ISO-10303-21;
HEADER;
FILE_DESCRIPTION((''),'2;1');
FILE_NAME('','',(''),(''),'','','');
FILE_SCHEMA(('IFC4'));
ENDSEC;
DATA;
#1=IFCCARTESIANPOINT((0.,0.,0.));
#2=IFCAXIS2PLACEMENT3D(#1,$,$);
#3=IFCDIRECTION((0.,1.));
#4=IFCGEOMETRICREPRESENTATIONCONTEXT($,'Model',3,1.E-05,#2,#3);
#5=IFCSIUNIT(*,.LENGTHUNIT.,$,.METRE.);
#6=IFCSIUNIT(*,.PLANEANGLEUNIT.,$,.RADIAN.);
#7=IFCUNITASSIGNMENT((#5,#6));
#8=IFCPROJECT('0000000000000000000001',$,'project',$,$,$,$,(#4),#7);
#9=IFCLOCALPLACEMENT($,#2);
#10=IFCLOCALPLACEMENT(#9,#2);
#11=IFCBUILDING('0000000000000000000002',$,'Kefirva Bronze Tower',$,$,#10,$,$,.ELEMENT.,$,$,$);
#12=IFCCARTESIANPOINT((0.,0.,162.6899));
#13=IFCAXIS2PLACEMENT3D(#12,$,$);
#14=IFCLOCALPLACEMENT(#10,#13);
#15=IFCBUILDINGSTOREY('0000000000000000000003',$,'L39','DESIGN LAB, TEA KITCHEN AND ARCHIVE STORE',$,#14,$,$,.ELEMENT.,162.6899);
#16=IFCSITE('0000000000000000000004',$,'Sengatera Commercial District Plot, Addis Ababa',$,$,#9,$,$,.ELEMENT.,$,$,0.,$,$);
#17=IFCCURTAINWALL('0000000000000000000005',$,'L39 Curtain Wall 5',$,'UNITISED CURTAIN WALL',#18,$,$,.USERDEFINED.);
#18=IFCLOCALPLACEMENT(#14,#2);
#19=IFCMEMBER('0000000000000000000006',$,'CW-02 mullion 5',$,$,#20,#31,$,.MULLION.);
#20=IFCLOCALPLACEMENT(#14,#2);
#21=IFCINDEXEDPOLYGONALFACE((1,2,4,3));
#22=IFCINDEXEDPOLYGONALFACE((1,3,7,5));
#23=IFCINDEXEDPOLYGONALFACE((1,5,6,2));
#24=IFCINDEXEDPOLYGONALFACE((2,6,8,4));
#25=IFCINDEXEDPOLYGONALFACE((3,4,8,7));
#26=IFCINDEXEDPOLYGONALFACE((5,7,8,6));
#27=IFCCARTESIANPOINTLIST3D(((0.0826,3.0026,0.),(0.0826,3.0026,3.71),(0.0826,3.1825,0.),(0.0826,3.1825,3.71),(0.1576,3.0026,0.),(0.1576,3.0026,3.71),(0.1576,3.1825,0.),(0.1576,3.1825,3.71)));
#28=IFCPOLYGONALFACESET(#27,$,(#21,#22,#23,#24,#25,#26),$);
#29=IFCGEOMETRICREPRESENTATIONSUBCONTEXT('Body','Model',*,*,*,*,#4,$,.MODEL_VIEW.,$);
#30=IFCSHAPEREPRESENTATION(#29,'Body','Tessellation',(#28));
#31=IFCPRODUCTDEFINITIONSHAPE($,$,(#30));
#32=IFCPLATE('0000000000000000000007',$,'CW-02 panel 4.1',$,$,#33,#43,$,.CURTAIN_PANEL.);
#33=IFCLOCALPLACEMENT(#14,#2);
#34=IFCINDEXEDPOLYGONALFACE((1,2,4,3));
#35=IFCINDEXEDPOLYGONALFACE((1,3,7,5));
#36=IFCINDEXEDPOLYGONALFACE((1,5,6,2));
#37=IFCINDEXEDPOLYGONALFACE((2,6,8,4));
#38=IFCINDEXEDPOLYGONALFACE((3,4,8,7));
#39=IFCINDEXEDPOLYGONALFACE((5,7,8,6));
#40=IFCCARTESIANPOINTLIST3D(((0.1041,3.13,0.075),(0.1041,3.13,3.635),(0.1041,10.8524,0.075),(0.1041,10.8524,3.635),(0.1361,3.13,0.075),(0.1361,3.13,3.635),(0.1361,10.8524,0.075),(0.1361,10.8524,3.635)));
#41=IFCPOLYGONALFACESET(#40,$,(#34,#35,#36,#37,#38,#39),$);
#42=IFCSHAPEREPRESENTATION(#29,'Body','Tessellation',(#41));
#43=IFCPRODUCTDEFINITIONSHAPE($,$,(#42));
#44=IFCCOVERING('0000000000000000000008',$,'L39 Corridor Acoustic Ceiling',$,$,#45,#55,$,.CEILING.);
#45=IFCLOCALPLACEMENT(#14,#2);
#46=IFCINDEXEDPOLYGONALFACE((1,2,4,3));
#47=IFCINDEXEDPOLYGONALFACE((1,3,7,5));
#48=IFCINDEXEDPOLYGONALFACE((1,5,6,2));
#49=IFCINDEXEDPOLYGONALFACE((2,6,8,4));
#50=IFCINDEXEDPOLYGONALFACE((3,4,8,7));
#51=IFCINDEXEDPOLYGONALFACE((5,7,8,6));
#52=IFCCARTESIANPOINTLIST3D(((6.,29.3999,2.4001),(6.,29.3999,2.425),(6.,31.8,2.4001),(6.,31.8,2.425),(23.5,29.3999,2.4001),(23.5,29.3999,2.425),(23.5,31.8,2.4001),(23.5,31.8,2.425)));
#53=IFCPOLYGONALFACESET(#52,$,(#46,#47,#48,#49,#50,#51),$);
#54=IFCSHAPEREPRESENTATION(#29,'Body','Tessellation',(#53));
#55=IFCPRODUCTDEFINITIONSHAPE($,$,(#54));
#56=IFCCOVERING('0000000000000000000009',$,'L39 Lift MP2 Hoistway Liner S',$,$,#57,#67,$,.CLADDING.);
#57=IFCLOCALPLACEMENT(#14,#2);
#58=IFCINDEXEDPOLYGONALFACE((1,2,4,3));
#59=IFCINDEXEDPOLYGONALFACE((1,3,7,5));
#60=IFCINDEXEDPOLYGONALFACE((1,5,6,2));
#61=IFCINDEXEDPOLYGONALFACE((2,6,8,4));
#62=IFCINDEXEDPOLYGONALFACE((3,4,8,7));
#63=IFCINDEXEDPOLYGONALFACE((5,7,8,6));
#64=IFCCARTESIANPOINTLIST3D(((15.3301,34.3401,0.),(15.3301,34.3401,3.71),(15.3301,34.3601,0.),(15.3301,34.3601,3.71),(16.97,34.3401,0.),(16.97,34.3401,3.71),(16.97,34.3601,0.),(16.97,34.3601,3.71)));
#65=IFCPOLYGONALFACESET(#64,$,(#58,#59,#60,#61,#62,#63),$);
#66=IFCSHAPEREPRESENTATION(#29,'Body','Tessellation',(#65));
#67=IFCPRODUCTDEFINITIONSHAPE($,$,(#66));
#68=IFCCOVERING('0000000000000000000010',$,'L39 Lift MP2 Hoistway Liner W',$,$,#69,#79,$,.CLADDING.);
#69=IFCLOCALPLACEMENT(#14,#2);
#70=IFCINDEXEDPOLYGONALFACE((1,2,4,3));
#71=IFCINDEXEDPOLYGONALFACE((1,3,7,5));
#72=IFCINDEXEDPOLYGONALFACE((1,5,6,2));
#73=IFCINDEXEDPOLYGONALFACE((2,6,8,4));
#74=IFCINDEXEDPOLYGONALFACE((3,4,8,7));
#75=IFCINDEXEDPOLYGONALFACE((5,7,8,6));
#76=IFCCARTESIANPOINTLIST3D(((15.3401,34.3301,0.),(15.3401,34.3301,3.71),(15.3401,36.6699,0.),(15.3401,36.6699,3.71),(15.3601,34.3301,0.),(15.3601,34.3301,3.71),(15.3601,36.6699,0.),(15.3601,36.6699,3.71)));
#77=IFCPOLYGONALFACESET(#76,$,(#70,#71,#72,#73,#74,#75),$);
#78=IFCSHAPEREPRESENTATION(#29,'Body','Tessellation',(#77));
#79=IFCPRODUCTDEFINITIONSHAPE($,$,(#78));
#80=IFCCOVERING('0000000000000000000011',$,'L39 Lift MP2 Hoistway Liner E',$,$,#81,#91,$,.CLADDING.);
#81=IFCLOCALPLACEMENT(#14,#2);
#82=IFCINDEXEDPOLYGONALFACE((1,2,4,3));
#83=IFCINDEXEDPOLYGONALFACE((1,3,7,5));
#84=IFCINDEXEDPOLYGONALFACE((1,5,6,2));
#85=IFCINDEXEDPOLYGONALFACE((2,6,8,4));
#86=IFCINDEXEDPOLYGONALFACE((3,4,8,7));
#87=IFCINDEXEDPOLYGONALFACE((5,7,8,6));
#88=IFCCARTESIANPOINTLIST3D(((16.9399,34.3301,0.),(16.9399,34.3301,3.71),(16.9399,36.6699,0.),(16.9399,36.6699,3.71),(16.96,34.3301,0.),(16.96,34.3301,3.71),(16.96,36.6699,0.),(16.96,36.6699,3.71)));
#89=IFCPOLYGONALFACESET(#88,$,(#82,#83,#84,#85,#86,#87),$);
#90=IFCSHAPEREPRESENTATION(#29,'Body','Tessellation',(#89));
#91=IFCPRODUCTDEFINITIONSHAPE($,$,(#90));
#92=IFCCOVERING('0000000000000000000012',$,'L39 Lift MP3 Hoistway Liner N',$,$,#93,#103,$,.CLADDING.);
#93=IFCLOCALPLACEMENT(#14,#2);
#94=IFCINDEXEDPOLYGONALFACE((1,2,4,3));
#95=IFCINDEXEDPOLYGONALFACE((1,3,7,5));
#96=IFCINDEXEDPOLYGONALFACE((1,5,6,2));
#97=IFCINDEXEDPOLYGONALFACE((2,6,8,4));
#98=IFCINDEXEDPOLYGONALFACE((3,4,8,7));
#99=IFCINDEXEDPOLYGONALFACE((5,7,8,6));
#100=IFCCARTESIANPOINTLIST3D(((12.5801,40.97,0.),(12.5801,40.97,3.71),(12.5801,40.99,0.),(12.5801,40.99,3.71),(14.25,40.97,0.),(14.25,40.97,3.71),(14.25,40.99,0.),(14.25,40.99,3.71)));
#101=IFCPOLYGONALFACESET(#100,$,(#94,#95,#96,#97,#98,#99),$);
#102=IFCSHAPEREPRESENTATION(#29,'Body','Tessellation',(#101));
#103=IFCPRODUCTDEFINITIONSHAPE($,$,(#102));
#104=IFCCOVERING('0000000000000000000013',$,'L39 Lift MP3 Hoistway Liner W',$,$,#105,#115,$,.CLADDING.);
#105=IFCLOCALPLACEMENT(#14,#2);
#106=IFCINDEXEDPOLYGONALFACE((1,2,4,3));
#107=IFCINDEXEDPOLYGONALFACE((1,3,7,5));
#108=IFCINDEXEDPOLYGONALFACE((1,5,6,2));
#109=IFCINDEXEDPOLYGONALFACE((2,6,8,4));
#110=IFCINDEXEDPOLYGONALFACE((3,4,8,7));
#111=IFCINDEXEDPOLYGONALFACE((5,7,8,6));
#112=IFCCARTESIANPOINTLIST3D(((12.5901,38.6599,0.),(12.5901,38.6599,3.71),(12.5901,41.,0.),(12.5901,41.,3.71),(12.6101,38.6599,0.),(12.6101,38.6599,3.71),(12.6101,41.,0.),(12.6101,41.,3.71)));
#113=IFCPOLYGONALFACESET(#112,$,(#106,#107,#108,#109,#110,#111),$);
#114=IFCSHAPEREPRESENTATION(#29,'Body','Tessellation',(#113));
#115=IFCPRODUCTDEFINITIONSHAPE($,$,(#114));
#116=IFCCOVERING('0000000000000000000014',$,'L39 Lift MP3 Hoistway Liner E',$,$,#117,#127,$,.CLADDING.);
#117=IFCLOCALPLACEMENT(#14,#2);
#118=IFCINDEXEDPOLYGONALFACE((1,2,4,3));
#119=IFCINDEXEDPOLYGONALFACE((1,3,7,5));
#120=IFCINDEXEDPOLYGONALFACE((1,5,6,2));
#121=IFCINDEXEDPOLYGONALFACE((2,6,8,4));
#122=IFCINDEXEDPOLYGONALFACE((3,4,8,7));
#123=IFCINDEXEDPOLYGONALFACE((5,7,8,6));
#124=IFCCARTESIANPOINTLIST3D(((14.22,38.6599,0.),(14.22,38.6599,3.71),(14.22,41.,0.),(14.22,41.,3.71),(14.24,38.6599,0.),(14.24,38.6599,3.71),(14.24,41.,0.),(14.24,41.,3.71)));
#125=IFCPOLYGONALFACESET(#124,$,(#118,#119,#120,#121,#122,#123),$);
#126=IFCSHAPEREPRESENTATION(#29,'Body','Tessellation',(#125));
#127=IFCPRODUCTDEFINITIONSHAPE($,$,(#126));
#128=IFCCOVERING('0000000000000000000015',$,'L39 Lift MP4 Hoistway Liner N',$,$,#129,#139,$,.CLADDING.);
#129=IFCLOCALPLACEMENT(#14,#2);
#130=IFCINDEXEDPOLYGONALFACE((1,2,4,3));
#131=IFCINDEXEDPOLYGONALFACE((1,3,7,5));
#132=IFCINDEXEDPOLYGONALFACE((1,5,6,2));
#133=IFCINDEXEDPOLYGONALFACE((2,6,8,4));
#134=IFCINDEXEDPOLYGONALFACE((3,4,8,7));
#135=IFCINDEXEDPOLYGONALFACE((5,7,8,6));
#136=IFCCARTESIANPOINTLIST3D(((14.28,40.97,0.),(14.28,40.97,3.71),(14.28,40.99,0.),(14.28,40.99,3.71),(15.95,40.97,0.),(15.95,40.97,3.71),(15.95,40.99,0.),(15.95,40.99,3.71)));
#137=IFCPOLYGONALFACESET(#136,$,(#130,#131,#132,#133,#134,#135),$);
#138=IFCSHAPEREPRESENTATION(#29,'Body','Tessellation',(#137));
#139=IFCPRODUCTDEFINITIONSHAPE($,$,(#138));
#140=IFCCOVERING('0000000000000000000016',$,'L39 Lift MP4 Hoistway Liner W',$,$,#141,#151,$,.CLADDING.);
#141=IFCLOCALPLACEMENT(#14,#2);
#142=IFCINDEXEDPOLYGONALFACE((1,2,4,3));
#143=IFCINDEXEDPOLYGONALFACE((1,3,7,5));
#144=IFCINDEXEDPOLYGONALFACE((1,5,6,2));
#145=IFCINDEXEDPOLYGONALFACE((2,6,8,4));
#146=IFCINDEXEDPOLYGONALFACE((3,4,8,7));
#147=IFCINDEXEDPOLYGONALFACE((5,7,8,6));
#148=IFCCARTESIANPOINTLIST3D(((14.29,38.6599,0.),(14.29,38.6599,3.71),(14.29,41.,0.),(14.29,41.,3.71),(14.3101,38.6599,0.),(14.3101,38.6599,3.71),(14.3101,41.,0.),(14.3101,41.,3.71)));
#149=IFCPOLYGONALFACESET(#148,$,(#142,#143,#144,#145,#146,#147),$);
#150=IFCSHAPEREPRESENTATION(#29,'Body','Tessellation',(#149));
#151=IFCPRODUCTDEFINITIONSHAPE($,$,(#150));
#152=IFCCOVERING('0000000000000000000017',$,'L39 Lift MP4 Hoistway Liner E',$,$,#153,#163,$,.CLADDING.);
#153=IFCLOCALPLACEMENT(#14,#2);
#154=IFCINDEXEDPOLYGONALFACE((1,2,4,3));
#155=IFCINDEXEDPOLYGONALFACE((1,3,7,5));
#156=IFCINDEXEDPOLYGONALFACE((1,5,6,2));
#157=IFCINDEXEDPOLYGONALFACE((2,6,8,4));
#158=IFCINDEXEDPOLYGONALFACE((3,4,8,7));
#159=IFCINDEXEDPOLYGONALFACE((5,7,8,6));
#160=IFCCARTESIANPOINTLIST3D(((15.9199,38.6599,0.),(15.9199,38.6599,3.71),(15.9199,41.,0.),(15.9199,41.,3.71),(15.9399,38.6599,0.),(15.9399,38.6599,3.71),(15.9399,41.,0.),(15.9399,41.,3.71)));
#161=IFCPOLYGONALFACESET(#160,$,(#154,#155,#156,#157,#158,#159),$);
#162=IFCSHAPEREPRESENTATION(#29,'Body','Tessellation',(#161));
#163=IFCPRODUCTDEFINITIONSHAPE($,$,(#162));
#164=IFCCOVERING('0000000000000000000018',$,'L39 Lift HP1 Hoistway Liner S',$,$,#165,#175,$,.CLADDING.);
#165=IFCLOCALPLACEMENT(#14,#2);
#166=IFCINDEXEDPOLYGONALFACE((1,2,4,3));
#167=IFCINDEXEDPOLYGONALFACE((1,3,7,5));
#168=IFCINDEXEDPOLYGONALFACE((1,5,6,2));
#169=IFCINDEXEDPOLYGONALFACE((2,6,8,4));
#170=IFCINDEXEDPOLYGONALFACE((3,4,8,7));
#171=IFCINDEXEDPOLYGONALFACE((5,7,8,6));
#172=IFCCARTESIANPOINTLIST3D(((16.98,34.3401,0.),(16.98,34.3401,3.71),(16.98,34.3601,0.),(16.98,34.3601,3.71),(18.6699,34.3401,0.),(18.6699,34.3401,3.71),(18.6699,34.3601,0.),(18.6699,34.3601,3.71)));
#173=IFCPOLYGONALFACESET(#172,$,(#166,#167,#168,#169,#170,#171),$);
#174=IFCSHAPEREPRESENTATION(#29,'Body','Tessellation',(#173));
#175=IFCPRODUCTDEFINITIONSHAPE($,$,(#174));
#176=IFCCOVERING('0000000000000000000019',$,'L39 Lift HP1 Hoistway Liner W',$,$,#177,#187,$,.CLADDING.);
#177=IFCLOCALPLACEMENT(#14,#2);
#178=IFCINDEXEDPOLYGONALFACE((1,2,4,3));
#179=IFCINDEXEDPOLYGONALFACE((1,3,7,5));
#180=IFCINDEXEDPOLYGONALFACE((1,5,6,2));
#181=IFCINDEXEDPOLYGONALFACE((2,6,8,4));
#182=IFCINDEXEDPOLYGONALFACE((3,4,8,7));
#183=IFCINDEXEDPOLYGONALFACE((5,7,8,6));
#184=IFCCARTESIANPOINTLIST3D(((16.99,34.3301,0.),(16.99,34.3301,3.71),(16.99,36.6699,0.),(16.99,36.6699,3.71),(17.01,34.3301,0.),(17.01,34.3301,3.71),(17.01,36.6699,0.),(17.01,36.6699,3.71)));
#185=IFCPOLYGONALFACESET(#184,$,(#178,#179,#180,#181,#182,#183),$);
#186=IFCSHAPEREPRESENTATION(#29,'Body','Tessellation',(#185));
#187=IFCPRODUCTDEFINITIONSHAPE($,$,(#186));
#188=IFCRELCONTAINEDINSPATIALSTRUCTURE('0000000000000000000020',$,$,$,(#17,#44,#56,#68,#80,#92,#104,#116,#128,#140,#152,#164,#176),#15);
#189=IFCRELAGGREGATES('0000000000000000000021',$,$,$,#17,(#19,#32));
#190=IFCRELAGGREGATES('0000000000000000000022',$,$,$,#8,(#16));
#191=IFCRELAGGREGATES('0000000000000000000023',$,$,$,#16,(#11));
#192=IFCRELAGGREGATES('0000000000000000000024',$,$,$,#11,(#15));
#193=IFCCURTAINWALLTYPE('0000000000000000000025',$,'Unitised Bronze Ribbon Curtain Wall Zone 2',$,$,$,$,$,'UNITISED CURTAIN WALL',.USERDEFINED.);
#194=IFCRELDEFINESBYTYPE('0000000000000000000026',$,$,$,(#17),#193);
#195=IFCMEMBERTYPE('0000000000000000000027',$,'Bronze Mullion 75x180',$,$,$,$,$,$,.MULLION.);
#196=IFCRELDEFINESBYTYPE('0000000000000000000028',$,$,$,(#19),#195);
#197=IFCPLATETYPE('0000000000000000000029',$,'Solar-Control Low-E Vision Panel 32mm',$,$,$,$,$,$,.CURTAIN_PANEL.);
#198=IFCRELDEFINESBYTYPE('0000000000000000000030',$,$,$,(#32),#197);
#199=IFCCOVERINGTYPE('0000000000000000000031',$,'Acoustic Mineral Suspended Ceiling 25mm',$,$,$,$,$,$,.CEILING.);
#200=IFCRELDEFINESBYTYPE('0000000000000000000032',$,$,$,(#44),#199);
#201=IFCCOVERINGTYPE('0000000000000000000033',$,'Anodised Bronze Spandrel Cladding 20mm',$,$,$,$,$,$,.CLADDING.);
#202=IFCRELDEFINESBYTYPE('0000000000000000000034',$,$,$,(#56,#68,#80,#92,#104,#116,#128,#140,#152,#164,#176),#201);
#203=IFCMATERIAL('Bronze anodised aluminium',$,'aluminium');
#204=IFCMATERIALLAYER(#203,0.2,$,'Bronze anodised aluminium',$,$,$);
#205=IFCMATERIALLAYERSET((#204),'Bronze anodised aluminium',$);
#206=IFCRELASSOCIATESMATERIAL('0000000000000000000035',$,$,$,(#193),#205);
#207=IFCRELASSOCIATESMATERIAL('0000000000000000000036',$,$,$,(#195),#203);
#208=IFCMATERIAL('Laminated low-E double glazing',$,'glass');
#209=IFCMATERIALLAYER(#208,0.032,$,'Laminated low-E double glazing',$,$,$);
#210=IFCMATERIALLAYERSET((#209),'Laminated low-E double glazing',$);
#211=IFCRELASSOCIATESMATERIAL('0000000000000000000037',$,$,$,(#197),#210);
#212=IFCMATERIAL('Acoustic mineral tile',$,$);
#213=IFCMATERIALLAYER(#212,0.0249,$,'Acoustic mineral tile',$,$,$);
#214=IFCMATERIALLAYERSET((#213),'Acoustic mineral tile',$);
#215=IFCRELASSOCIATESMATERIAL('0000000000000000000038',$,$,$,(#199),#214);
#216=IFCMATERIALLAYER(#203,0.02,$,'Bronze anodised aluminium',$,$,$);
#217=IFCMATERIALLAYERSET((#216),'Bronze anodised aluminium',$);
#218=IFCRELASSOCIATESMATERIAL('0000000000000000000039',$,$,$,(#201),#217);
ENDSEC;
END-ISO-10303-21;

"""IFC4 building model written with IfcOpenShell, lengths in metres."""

from ifc_helpers import new_model, si_unit, direction, frame, origin, origin_2d, place, context, subcontext, project, spatial, polyline, rectangle, outline, extrude, material, layer, layer_set, material_profile, profile_set, type_object, element, aggregate, save


model = new_model("IFC4")

# Units and contexts
model_context = context("Model", 3, precision=1e-05, world=origin(), true_north=direction((0.0, 1.0)))
body_context = subcontext(model_context, "Body", "Model", "MODEL_VIEW")
ifc_project = project(units=[si_unit("LENGTHUNIT", "METRE"), si_unit("PLANEANGLEUNIT", "RADIAN")], contexts=[model_context])

# Site, building, storey
site_placement = place(None, origin())
site = spatial("IfcSite", under=ifc_project, at=site_placement, Name="Sengatera Commercial District Plot, Addis Ababa", CompositionType="ELEMENT", RefElevation=0.0)
building_placement = place(site_placement, origin())
building = spatial("IfcBuilding", under=site, at=building_placement, Name="Kefirva Bronze Tower", CompositionType="ELEMENT")
storey_placement = place(building_placement, frame((0.0, 0.0, 162.6899)))
storey = spatial("IfcBuildingStorey", under=building, at=storey_placement, Name="L39", Description="DESIGN LAB, TEA KITCHEN AND ARCHIVE STORE", CompositionType="ELEMENT", Elevation=162.6899)

# Curtain wall, member, plate
ifc_material_1 = material(Name="Bronze anodised aluminium", Category="aluminium")
ifc_layer_1 = layer(ifc_material_1, 0.2, Name="Bronze anodised aluminium")
ifc_layer_set_1 = layer_set([ifc_layer_1], Name="Bronze anodised aluminium")
curtain_wall_type = type_object("IfcCurtainWallType", Name="Unitised Bronze Ribbon Curtain Wall Zone 2", ElementType="UNITISED CURTAIN WALL", PredefinedType="USERDEFINED", material=ifc_layer_set_1)
curtain_wall_placement = place(storey_placement, origin())
curtain_wall = element("IfcCurtainWall", 1, at=curtain_wall_placement, inside=storey, type_object=curtain_wall_type, Name="L39 Curtain Wall 5", ObjectType="UNITISED CURTAIN WALL", PredefinedType="USERDEFINED")
ifc_material_profile = material_profile(ifc_material_1, rectangle(XDim=0.075, YDim=0.1799, at=origin_2d()), Name="ALU 75x180")
ifc_profile_set = profile_set([ifc_material_profile], Name="Bronze anodised aluminium")
member_type = type_object("IfcMemberType", Name="Bronze Mullion 75x180", PredefinedType="MULLION", material=ifc_profile_set)
member_placement = place(storey_placement, frame((0.1201, 3.0925, 0.0), z_axis=(0.0, 0.0, 1.0), x_axis=(1.0, 0.0, 0.0)))
member = element("IfcMember", 2, at=member_placement, type_object=member_type, Name="CW-02 mullion 5", PredefinedType="MULLION", context=body_context, shape_type="SweptSolid", body=[
    extrude(rectangle(XDim=0.075, YDim=0.1799, at=origin_2d()), origin(), (0.0, 0.0, 1.0), 3.71),
])
ifc_material_2 = material(Name="Laminated low-E double glazing", Category="glass")
ifc_layer_2 = layer(ifc_material_2, 0.032, Name="Laminated low-E double glazing")
ifc_layer_set_2 = layer_set([ifc_layer_2], Name="Laminated low-E double glazing")
plate_type = type_object("IfcPlateType", Name="Solar-Control Low-E Vision Panel 32mm", PredefinedType="CURTAIN_PANEL", material=ifc_layer_set_2)
plate_placement = place(storey_placement, frame((0.1201, 6.9912, 0.075), z_axis=(0.0, 0.0, 1.0), x_axis=(0.0, -1.0, 0.0)))
plate = element("IfcPlate", 3, at=plate_placement, type_object=plate_type, Name="CW-02 panel 4.1", PredefinedType="CURTAIN_PANEL", context=body_context, shape_type="SweptSolid", body=[
    extrude(rectangle(XDim=7.7224, YDim=0.032, at=origin_2d()), origin(), (0.0, 0.0, 1.0), 3.5601),
])
aggregate(curtain_wall, [member, plate])

# Coverings
ifc_material_3 = material(Name="Acoustic mineral tile")
ifc_layer_3 = layer(ifc_material_3, 0.0249, Name="Acoustic mineral tile")
ifc_layer_set_3 = layer_set([ifc_layer_3], Name="Acoustic mineral tile")
covering_type_1 = type_object("IfcCoveringType", Name="Acoustic Mineral Suspended Ceiling 25mm", PredefinedType="CEILING", material=ifc_layer_set_3)
covering_1_placement = place(storey_placement, frame((0.0, 0.0, 2.4001)))
element("IfcCovering", 4, at=covering_1_placement, inside=storey, type_object=covering_type_1, Name="L39 Corridor Acoustic Ceiling", PredefinedType="CEILING", context=body_context, shape_type="SweptSolid", body=[
    extrude(outline(polyline([(6.0, 29.3999), (23.5, 29.3999), (23.5, 31.8), (6.0, 31.8), (6.0, 29.3999)])), origin(), (0.0, 0.0, 1.0), 0.0249),
])
ifc_layer_4 = layer(ifc_material_1, 0.02, Name="Bronze anodised aluminium")
ifc_layer_set_4 = layer_set([ifc_layer_4], Name="Bronze anodised aluminium")
covering_type_2 = type_object("IfcCoveringType", Name="Anodised Bronze Spandrel Cladding 20mm", PredefinedType="CLADDING", material=ifc_layer_set_4)
covering_2_placement = place(storey_placement, origin())
element("IfcCovering", 5, at=covering_2_placement, inside=storey, type_object=covering_type_2, Name="L39 Lift MP2 Hoistway Liner S", PredefinedType="CLADDING", context=body_context, shape_type="SweptSolid", body=[
    extrude(outline(polyline([(15.3301, 34.3401), (16.97, 34.3401), (16.97, 34.3601), (15.3301, 34.3601), (15.3301, 34.3401)])), origin(), (0.0, 0.0, 1.0), 3.71),
])
covering_3_placement = place(storey_placement, origin())
element("IfcCovering", 6, at=covering_3_placement, inside=storey, type_object=covering_type_2, Name="L39 Lift MP2 Hoistway Liner W", PredefinedType="CLADDING", context=body_context, shape_type="SweptSolid", body=[
    extrude(outline(polyline([(15.3401, 34.3301), (15.3601, 34.3301), (15.3601, 36.6699), (15.3401, 36.6699), (15.3401, 34.3301)])), origin(), (0.0, 0.0, 1.0), 3.71),
])
covering_4_placement = place(storey_placement, origin())
element("IfcCovering", 7, at=covering_4_placement, inside=storey, type_object=covering_type_2, Name="L39 Lift MP2 Hoistway Liner E", PredefinedType="CLADDING", context=body_context, shape_type="SweptSolid", body=[
    extrude(outline(polyline([(16.9399, 34.3301), (16.96, 34.3301), (16.96, 36.6699), (16.9399, 36.6699), (16.9399, 34.3301)])), origin(), (0.0, 0.0, 1.0), 3.71),
])
covering_5_placement = place(storey_placement, origin())
element("IfcCovering", 8, at=covering_5_placement, inside=storey, type_object=covering_type_2, Name="L39 Lift MP3 Hoistway Liner N", PredefinedType="CLADDING", context=body_context, shape_type="SweptSolid", body=[
    extrude(outline(polyline([(12.5801, 40.97), (14.25, 40.97), (14.25, 40.99), (12.5801, 40.99), (12.5801, 40.97)])), origin(), (0.0, 0.0, 1.0), 3.71),
])
covering_6_placement = place(storey_placement, origin())
element("IfcCovering", 9, at=covering_6_placement, inside=storey, type_object=covering_type_2, Name="L39 Lift MP3 Hoistway Liner W", PredefinedType="CLADDING", context=body_context, shape_type="SweptSolid", body=[
    extrude(outline(polyline([(12.5901, 38.6599), (12.6101, 38.6599), (12.6101, 41.0), (12.5901, 41.0), (12.5901, 38.6599)])), origin(), (0.0, 0.0, 1.0), 3.71),
])
covering_7_placement = place(storey_placement, origin())
element("IfcCovering", 10, at=covering_7_placement, inside=storey, type_object=covering_type_2, Name="L39 Lift MP3 Hoistway Liner E", PredefinedType="CLADDING", context=body_context, shape_type="SweptSolid", body=[
    extrude(outline(polyline([(14.22, 38.6599), (14.24, 38.6599), (14.24, 41.0), (14.22, 41.0), (14.22, 38.6599)])), origin(), (0.0, 0.0, 1.0), 3.71),
])
covering_8_placement = place(storey_placement, origin())
element("IfcCovering", 11, at=covering_8_placement, inside=storey, type_object=covering_type_2, Name="L39 Lift MP4 Hoistway Liner N", PredefinedType="CLADDING", context=body_context, shape_type="SweptSolid", body=[
    extrude(outline(polyline([(14.28, 40.97), (15.95, 40.97), (15.95, 40.99), (14.28, 40.99), (14.28, 40.97)])), origin(), (0.0, 0.0, 1.0), 3.71),
])
covering_9_placement = place(storey_placement, origin())
element("IfcCovering", 12, at=covering_9_placement, inside=storey, type_object=covering_type_2, Name="L39 Lift MP4 Hoistway Liner W", PredefinedType="CLADDING", context=body_context, shape_type="SweptSolid", body=[
    extrude(outline(polyline([(14.29, 38.6599), (14.3101, 38.6599), (14.3101, 41.0), (14.29, 41.0), (14.29, 38.6599)])), origin(), (0.0, 0.0, 1.0), 3.71),
])
covering_10_placement = place(storey_placement, origin())
element("IfcCovering", 13, at=covering_10_placement, inside=storey, type_object=covering_type_2, Name="L39 Lift MP4 Hoistway Liner E", PredefinedType="CLADDING", context=body_context, shape_type="SweptSolid", body=[
    extrude(outline(polyline([(15.9199, 38.6599), (15.9399, 38.6599), (15.9399, 41.0), (15.9199, 41.0), (15.9199, 38.6599)])), origin(), (0.0, 0.0, 1.0), 3.71),
])
covering_11_placement = place(storey_placement, origin())
element("IfcCovering", 14, at=covering_11_placement, inside=storey, type_object=covering_type_2, Name="L39 Lift HP1 Hoistway Liner S", PredefinedType="CLADDING", context=body_context, shape_type="SweptSolid", body=[
    extrude(outline(polyline([(16.98, 34.3401), (18.6699, 34.3401), (18.6699, 34.3601), (16.98, 34.3601), (16.98, 34.3401)])), origin(), (0.0, 0.0, 1.0), 3.71),
])
covering_12_placement = place(storey_placement, origin())
element("IfcCovering", 15, at=covering_12_placement, inside=storey, type_object=covering_type_2, Name="L39 Lift HP1 Hoistway Liner W", PredefinedType="CLADDING", context=body_context, shape_type="SweptSolid", body=[
    extrude(outline(polyline([(16.99, 34.3301), (17.01, 34.3301), (17.01, 36.6699), (16.99, 36.6699), (16.99, 34.3301)])), origin(), (0.0, 0.0, 1.0), 3.71),
])

save(model, "model.ifc")
